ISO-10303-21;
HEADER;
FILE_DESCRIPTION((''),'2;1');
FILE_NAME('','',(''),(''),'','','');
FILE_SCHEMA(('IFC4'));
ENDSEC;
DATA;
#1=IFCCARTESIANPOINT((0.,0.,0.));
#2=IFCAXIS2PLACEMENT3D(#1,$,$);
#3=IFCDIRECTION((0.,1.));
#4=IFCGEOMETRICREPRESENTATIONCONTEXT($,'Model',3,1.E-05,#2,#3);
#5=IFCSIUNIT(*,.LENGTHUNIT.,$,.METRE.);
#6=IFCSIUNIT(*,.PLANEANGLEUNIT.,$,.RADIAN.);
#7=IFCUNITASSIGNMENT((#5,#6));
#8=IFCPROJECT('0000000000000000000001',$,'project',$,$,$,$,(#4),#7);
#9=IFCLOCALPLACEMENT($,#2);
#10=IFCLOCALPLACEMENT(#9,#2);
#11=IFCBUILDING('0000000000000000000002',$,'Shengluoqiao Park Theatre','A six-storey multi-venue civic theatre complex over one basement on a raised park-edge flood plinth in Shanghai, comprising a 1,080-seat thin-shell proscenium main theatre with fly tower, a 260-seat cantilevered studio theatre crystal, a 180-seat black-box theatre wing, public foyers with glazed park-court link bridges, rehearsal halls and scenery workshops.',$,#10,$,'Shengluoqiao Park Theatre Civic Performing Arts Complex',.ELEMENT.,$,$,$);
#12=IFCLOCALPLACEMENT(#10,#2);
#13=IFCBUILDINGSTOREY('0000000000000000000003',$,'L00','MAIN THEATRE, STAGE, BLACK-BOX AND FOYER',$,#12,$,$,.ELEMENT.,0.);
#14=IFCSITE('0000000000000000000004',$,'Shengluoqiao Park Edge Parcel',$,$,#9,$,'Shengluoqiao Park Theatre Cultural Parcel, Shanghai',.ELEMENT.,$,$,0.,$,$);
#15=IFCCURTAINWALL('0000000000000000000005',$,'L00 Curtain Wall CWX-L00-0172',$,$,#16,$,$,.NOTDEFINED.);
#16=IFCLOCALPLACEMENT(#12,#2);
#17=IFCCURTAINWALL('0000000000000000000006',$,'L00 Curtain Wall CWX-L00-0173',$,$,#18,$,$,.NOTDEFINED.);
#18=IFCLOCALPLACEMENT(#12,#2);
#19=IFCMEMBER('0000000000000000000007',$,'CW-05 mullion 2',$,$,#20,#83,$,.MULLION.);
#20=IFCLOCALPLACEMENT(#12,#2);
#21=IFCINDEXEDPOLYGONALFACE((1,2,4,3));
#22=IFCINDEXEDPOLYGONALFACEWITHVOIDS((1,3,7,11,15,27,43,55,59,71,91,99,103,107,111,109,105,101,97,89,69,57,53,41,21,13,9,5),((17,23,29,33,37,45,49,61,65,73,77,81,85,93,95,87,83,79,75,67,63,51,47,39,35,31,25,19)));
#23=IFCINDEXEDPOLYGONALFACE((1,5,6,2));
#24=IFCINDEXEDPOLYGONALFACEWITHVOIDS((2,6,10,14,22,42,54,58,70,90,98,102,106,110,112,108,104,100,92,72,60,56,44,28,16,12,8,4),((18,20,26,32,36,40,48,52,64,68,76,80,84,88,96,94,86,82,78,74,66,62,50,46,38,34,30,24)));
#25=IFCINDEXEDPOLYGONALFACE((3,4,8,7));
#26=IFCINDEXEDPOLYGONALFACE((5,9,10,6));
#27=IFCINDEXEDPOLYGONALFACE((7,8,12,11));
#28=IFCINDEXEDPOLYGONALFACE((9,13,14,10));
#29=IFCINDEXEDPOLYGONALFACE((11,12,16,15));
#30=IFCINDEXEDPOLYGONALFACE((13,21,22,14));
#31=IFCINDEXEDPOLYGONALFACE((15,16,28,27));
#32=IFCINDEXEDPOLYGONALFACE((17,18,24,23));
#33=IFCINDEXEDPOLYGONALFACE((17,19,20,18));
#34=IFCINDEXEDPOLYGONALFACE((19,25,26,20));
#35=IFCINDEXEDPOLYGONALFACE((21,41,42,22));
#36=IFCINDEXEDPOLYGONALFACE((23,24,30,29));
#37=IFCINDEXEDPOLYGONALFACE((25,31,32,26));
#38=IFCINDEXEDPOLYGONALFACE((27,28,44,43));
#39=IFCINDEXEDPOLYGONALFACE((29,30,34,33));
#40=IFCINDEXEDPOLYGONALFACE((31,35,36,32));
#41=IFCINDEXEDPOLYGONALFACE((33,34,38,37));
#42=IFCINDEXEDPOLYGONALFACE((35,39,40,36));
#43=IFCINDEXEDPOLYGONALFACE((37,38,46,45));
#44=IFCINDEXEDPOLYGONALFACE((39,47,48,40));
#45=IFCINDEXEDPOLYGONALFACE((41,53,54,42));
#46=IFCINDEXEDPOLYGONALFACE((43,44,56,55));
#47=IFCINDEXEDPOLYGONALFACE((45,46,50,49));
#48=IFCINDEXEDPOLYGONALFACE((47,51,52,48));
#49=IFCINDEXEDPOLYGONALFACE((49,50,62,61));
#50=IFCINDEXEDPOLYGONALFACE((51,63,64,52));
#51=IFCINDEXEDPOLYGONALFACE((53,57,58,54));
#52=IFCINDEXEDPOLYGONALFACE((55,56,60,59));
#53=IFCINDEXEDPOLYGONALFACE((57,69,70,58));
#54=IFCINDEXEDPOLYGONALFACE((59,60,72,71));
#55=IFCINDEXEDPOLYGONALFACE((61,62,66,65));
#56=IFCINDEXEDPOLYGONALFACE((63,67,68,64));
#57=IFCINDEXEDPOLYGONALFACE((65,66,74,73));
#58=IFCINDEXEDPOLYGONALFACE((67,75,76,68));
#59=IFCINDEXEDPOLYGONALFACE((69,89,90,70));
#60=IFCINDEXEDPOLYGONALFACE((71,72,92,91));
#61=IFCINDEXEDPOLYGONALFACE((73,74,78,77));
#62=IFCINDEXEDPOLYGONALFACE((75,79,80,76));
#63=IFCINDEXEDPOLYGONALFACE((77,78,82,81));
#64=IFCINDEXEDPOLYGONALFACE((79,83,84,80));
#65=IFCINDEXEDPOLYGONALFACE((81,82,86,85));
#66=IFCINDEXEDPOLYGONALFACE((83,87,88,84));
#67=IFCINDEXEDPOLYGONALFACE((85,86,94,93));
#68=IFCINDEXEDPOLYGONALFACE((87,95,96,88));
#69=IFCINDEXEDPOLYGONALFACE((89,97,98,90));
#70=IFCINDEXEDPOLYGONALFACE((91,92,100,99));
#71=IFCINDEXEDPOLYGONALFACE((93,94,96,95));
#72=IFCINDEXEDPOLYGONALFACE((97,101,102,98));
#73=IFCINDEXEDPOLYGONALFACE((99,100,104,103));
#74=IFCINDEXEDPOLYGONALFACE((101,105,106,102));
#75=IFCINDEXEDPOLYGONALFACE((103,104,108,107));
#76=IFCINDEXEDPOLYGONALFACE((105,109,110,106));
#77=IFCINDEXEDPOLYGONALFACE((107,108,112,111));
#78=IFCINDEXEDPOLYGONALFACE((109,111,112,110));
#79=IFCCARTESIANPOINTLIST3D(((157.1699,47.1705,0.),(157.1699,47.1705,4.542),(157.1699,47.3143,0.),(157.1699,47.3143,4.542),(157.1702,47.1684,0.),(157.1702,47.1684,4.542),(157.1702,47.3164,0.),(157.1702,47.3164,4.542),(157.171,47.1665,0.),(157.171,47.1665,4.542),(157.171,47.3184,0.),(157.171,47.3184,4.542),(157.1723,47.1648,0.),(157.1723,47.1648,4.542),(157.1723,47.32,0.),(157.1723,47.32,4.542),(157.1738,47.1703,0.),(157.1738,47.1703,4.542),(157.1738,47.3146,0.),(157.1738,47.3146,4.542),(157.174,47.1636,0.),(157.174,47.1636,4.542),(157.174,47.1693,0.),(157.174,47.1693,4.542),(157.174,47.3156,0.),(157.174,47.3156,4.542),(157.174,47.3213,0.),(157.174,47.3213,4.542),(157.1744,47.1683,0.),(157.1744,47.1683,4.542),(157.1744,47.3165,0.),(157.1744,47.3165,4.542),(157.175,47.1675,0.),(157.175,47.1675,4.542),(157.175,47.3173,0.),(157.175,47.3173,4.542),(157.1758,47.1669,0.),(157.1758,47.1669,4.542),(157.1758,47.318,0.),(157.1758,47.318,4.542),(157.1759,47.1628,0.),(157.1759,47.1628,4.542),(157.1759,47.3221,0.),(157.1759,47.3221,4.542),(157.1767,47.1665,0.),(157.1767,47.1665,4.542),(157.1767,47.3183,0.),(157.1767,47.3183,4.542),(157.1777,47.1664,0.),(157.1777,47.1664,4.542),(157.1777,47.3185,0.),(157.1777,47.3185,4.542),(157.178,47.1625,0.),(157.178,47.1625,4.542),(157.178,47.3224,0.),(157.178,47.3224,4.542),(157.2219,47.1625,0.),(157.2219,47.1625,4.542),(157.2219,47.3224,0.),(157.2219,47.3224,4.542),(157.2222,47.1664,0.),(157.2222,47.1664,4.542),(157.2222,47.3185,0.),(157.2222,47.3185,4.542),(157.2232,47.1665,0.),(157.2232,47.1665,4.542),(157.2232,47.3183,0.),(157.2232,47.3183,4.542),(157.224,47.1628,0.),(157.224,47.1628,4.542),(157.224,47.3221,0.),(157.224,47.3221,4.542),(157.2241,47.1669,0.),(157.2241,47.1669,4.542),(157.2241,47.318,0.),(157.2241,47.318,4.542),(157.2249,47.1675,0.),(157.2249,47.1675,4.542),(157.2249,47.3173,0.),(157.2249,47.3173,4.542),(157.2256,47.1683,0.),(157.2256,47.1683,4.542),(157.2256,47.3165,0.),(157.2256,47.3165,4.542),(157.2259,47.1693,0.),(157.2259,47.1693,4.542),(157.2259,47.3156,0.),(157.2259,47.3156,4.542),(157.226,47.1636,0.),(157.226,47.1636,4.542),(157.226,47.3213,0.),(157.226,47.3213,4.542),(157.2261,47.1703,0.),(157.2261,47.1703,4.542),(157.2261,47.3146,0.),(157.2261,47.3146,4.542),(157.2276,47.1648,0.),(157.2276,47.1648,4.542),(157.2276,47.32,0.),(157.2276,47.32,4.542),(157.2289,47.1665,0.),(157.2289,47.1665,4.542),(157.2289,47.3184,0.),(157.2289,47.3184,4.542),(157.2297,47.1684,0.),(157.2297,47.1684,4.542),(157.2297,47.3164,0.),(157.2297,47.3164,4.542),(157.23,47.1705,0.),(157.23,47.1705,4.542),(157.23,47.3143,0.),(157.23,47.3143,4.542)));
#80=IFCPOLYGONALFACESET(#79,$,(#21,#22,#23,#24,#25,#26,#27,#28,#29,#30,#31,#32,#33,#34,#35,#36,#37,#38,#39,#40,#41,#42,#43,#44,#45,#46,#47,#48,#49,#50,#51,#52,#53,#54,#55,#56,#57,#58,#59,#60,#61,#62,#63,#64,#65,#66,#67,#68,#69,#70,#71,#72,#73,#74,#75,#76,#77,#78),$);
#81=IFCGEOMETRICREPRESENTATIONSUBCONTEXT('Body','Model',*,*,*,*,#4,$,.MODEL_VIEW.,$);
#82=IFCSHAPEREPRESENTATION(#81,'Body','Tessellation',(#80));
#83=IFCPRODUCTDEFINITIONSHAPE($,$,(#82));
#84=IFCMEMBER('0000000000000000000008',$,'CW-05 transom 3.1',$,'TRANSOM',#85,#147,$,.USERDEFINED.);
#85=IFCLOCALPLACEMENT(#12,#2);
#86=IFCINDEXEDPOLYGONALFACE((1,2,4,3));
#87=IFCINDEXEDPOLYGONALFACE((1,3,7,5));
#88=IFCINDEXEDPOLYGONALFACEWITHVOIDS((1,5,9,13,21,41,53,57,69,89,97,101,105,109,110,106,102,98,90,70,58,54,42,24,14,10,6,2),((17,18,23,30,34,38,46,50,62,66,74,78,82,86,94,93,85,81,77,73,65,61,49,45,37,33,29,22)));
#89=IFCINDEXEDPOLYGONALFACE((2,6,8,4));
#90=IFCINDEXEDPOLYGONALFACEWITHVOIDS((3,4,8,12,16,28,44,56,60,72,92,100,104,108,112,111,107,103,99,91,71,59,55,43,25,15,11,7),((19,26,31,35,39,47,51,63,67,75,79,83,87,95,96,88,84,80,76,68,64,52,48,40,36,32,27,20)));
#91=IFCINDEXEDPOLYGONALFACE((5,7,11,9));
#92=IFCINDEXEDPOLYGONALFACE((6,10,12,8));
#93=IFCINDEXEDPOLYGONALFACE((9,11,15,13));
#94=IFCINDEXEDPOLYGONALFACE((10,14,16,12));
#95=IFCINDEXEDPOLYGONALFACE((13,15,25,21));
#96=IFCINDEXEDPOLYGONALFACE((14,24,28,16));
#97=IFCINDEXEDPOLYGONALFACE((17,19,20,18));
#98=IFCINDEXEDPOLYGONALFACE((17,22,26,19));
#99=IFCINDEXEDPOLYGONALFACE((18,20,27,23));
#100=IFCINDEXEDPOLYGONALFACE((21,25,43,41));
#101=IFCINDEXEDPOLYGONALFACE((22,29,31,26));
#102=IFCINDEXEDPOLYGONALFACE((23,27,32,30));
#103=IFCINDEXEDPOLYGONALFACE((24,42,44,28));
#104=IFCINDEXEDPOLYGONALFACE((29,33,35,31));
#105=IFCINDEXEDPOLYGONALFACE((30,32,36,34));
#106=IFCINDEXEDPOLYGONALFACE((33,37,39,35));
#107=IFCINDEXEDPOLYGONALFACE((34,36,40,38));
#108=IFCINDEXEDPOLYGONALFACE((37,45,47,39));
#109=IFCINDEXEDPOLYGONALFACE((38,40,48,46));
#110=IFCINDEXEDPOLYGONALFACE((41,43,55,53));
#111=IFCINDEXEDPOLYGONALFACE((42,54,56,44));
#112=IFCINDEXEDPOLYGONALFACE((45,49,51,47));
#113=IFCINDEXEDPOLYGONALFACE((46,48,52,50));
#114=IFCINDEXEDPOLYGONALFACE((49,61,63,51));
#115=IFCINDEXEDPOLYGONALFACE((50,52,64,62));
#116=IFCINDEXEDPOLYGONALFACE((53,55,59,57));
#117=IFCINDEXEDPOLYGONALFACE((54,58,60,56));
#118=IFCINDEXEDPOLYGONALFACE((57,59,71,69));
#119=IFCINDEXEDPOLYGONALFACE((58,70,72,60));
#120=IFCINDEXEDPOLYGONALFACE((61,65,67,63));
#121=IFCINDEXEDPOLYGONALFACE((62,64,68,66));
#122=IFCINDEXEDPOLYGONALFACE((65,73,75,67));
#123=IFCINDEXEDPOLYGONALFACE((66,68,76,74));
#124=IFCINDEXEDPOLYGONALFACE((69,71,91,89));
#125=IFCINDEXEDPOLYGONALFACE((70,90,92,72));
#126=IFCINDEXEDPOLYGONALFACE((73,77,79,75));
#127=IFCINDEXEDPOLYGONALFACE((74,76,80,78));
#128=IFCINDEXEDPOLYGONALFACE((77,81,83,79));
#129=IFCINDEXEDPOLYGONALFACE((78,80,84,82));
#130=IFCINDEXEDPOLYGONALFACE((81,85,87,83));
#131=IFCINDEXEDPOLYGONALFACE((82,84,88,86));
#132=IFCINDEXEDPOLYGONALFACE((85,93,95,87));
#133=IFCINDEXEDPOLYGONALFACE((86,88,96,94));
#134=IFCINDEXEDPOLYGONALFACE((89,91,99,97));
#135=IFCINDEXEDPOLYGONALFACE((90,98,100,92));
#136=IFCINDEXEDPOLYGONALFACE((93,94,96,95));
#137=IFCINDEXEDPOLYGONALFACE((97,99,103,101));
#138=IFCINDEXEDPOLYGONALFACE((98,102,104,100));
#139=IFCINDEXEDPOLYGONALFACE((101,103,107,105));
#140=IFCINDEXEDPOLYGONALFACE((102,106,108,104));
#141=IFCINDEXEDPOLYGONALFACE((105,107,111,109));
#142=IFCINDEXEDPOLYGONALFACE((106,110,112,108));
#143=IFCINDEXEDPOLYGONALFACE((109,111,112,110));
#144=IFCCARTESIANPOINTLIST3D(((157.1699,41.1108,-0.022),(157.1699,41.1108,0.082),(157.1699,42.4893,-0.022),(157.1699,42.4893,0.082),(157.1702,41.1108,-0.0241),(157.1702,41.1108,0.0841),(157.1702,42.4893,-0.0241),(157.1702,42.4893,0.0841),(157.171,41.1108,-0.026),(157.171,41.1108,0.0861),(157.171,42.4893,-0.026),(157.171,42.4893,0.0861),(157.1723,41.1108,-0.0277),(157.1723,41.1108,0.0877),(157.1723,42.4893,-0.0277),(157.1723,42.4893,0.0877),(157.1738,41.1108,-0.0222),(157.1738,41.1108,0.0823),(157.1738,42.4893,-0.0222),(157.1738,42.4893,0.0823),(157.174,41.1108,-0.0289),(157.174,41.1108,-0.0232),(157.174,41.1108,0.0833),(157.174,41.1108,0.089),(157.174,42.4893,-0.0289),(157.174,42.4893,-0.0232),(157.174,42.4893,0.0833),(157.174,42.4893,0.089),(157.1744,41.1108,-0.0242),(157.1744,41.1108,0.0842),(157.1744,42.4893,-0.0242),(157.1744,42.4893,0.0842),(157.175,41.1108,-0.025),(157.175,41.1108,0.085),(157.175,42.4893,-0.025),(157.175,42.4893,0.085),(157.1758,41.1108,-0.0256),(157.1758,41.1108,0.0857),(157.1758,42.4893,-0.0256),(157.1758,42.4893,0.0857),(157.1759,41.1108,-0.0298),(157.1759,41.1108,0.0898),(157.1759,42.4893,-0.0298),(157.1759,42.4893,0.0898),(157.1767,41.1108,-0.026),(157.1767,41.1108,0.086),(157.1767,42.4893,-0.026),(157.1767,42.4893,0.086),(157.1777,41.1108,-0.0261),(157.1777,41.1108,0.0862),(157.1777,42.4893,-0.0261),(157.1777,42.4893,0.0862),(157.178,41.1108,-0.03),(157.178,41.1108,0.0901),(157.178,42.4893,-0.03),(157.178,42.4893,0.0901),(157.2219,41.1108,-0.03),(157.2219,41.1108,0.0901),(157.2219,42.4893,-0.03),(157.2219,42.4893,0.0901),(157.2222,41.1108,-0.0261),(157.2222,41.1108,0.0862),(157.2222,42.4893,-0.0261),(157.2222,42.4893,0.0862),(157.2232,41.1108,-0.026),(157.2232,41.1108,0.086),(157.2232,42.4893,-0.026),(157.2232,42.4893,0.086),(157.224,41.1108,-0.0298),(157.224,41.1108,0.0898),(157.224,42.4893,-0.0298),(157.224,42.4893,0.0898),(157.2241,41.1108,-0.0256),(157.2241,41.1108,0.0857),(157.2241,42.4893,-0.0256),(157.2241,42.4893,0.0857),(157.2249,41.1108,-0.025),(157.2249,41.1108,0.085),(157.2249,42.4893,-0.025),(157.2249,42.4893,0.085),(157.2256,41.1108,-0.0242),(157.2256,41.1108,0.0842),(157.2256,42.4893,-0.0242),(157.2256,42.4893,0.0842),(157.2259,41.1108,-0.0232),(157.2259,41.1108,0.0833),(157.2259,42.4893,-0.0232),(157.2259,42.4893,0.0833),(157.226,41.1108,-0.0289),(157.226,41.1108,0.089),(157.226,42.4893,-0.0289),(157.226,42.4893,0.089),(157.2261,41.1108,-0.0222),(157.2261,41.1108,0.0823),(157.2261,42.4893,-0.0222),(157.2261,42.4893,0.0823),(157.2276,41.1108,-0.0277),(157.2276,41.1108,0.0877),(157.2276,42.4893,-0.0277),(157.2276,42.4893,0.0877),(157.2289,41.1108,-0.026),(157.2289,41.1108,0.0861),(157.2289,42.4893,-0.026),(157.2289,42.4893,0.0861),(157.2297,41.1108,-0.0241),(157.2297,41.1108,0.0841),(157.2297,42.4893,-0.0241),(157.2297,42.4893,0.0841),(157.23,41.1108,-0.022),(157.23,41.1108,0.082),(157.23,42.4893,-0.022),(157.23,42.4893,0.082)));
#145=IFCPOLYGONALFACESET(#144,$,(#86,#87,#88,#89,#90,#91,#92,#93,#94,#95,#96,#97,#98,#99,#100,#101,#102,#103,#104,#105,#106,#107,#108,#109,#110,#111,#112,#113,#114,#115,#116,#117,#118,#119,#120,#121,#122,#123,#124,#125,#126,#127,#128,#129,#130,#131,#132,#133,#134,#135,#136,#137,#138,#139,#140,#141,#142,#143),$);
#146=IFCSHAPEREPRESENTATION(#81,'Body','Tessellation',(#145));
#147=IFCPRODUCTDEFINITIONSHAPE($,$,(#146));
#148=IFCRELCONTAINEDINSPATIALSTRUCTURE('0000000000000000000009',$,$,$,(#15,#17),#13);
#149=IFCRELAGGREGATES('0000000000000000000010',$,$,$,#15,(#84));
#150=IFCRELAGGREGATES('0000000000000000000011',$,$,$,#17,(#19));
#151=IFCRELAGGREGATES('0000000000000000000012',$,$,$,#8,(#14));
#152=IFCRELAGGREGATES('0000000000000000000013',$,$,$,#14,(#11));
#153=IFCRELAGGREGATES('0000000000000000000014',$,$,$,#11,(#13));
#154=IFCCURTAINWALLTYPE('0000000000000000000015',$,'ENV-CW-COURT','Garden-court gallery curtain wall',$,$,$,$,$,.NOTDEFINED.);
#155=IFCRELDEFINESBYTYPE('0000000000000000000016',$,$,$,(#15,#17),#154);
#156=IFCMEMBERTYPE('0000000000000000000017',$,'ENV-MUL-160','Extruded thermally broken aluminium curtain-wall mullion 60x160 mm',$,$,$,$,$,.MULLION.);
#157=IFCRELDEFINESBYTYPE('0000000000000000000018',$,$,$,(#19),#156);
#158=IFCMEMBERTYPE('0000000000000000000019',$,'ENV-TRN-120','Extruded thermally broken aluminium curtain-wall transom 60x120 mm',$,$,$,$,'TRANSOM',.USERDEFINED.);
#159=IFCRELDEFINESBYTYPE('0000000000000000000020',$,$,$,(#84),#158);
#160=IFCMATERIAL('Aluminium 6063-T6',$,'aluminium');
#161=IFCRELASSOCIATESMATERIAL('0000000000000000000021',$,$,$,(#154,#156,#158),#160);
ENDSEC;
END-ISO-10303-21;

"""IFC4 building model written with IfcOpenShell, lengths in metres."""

from ifc_helpers import new_model, si_unit, direction, frame, origin, origin_2d, place, context, subcontext, project, spatial, hollow_rectangle, extrude, material, material_profile, profile_set, type_object, element, aggregate, save


model = new_model("IFC4")

# Units and contexts
model_context = context("Model", 3, precision=1e-05, world=origin(), true_north=direction((0.0, 1.0)))
body_context = subcontext(model_context, "Body", "Model", "MODEL_VIEW")
ifc_project = project(units=[si_unit("LENGTHUNIT", "METRE"), si_unit("PLANEANGLEUNIT", "RADIAN")], contexts=[model_context])

# Site, building, storey
site_placement = place(None, origin())
site = spatial("IfcSite", under=ifc_project, at=site_placement, Name="Shengluoqiao Park Edge Parcel", LongName="Shengluoqiao Park Theatre Cultural Parcel, Shanghai", CompositionType="ELEMENT", RefElevation=0.0)
building_placement = place(site_placement, origin())
building = spatial("IfcBuilding", under=site, at=building_placement, Name="Shengluoqiao Park Theatre", Description="A six-storey multi-venue civic theatre complex over one basement on a raised park-edge flood plinth in Shanghai, comprising a 1,080-seat thin-shell proscenium main theatre with fly tower, a 260-seat cantilevered studio theatre crystal, a 180-seat black-box theatre wing, public foyers with glazed park-court link bridges, rehearsal halls and scenery workshops.", LongName="Shengluoqiao Park Theatre Civic Performing Arts Complex", CompositionType="ELEMENT")
storey_placement = place(building_placement, origin())
storey = spatial("IfcBuildingStorey", under=building, at=storey_placement, Name="L00", Description="MAIN THEATRE, STAGE, BLACK-BOX AND FOYER", CompositionType="ELEMENT", Elevation=0.0)

# Curtain walls, member
ifc_material_1 = material(Name="Aluminium 6063-T6", Category="aluminium")
curtain_wall_type = type_object("IfcCurtainWallType", Name="ENV-CW-COURT", Description="Garden-court gallery curtain wall", PredefinedType="NOTDEFINED", material=ifc_material_1)
curtain_wall_1_placement = place(storey_placement, origin())
curtain_wall_1 = element("IfcCurtainWall", 1, at=curtain_wall_1_placement, inside=storey, type_object=curtain_wall_type, Name="L00 Curtain Wall CWX-L00-0172", PredefinedType="NOTDEFINED")
ifc_material_profile_1 = material_profile(ifc_material_1, hollow_rectangle(XDim=0.0601, YDim=0.1599, WallThickness=0.0039, InnerFilletRadius=0.0039, OuterFilletRadius=0.0081, at=origin_2d()), Name="ALU MULLION 160x60x4")
ifc_profile_set_1 = profile_set([ifc_material_profile_1], Name="Aluminium 6063-T6")
member_type_1 = type_object("IfcMemberType", Name="ENV-MUL-160", Description="Extruded thermally broken aluminium curtain-wall mullion 60x160 mm", PredefinedType="MULLION", material=ifc_profile_set_1)
curtain_wall_2_placement = place(storey_placement, origin())
curtain_wall_2 = element("IfcCurtainWall", 2, at=curtain_wall_2_placement, inside=storey, type_object=curtain_wall_type, Name="L00 Curtain Wall CWX-L00-0173", PredefinedType="NOTDEFINED")
member_1_placement = place(storey_placement, frame((157.2, 47.2424, 0.0), z_axis=(0.0, 0.0, 1.0), x_axis=(-1.0, 0.0, 0.0)))
member_1 = element("IfcMember", 3, at=member_1_placement, type_object=member_type_1, Name="CW-05 mullion 2", PredefinedType="MULLION", context=body_context, shape_type="SweptSolid", body=[
    extrude(hollow_rectangle(XDim=0.0601, YDim=0.1599, WallThickness=0.0039, InnerFilletRadius=0.0039, OuterFilletRadius=0.0081, at=origin_2d()), origin(), (0.0, 0.0, 1.0), 4.542),
])

# Member
ifc_material_profile_2 = material_profile(ifc_material_1, hollow_rectangle(XDim=0.0601, YDim=0.1201, WallThickness=0.0039, InnerFilletRadius=0.0039, OuterFilletRadius=0.0081, at=origin_2d()), Name="ALU TRANSOM 120x60x4")
ifc_profile_set_2 = profile_set([ifc_material_profile_2], Name="Aluminium 6063-T6")
member_type_2 = type_object("IfcMemberType", Name="ENV-TRN-120", Description="Extruded thermally broken aluminium curtain-wall transom 60x120 mm", ElementType="TRANSOM", PredefinedType="USERDEFINED", material=ifc_profile_set_2)
member_2_placement = place(storey_placement, frame((157.2, 41.1108, 0.03), z_axis=(0.0, 1.0, 0.0), x_axis=(-1.0, 0.0, 0.0)))
member_2 = element("IfcMember", 4, at=member_2_placement, type_object=member_type_2, Name="CW-05 transom 3.1", ObjectType="TRANSOM", PredefinedType="USERDEFINED", context=body_context, shape_type="SweptSolid", body=[
    extrude(hollow_rectangle(XDim=0.0601, YDim=0.1201, WallThickness=0.0039, InnerFilletRadius=0.0039, OuterFilletRadius=0.0081, at=origin_2d()), origin(), (0.0, 0.0, 1.0), 1.3784),
])

aggregate(curtain_wall_1, [member_2])
aggregate(curtain_wall_2, [member_1])

save(model, "model.ifc")
